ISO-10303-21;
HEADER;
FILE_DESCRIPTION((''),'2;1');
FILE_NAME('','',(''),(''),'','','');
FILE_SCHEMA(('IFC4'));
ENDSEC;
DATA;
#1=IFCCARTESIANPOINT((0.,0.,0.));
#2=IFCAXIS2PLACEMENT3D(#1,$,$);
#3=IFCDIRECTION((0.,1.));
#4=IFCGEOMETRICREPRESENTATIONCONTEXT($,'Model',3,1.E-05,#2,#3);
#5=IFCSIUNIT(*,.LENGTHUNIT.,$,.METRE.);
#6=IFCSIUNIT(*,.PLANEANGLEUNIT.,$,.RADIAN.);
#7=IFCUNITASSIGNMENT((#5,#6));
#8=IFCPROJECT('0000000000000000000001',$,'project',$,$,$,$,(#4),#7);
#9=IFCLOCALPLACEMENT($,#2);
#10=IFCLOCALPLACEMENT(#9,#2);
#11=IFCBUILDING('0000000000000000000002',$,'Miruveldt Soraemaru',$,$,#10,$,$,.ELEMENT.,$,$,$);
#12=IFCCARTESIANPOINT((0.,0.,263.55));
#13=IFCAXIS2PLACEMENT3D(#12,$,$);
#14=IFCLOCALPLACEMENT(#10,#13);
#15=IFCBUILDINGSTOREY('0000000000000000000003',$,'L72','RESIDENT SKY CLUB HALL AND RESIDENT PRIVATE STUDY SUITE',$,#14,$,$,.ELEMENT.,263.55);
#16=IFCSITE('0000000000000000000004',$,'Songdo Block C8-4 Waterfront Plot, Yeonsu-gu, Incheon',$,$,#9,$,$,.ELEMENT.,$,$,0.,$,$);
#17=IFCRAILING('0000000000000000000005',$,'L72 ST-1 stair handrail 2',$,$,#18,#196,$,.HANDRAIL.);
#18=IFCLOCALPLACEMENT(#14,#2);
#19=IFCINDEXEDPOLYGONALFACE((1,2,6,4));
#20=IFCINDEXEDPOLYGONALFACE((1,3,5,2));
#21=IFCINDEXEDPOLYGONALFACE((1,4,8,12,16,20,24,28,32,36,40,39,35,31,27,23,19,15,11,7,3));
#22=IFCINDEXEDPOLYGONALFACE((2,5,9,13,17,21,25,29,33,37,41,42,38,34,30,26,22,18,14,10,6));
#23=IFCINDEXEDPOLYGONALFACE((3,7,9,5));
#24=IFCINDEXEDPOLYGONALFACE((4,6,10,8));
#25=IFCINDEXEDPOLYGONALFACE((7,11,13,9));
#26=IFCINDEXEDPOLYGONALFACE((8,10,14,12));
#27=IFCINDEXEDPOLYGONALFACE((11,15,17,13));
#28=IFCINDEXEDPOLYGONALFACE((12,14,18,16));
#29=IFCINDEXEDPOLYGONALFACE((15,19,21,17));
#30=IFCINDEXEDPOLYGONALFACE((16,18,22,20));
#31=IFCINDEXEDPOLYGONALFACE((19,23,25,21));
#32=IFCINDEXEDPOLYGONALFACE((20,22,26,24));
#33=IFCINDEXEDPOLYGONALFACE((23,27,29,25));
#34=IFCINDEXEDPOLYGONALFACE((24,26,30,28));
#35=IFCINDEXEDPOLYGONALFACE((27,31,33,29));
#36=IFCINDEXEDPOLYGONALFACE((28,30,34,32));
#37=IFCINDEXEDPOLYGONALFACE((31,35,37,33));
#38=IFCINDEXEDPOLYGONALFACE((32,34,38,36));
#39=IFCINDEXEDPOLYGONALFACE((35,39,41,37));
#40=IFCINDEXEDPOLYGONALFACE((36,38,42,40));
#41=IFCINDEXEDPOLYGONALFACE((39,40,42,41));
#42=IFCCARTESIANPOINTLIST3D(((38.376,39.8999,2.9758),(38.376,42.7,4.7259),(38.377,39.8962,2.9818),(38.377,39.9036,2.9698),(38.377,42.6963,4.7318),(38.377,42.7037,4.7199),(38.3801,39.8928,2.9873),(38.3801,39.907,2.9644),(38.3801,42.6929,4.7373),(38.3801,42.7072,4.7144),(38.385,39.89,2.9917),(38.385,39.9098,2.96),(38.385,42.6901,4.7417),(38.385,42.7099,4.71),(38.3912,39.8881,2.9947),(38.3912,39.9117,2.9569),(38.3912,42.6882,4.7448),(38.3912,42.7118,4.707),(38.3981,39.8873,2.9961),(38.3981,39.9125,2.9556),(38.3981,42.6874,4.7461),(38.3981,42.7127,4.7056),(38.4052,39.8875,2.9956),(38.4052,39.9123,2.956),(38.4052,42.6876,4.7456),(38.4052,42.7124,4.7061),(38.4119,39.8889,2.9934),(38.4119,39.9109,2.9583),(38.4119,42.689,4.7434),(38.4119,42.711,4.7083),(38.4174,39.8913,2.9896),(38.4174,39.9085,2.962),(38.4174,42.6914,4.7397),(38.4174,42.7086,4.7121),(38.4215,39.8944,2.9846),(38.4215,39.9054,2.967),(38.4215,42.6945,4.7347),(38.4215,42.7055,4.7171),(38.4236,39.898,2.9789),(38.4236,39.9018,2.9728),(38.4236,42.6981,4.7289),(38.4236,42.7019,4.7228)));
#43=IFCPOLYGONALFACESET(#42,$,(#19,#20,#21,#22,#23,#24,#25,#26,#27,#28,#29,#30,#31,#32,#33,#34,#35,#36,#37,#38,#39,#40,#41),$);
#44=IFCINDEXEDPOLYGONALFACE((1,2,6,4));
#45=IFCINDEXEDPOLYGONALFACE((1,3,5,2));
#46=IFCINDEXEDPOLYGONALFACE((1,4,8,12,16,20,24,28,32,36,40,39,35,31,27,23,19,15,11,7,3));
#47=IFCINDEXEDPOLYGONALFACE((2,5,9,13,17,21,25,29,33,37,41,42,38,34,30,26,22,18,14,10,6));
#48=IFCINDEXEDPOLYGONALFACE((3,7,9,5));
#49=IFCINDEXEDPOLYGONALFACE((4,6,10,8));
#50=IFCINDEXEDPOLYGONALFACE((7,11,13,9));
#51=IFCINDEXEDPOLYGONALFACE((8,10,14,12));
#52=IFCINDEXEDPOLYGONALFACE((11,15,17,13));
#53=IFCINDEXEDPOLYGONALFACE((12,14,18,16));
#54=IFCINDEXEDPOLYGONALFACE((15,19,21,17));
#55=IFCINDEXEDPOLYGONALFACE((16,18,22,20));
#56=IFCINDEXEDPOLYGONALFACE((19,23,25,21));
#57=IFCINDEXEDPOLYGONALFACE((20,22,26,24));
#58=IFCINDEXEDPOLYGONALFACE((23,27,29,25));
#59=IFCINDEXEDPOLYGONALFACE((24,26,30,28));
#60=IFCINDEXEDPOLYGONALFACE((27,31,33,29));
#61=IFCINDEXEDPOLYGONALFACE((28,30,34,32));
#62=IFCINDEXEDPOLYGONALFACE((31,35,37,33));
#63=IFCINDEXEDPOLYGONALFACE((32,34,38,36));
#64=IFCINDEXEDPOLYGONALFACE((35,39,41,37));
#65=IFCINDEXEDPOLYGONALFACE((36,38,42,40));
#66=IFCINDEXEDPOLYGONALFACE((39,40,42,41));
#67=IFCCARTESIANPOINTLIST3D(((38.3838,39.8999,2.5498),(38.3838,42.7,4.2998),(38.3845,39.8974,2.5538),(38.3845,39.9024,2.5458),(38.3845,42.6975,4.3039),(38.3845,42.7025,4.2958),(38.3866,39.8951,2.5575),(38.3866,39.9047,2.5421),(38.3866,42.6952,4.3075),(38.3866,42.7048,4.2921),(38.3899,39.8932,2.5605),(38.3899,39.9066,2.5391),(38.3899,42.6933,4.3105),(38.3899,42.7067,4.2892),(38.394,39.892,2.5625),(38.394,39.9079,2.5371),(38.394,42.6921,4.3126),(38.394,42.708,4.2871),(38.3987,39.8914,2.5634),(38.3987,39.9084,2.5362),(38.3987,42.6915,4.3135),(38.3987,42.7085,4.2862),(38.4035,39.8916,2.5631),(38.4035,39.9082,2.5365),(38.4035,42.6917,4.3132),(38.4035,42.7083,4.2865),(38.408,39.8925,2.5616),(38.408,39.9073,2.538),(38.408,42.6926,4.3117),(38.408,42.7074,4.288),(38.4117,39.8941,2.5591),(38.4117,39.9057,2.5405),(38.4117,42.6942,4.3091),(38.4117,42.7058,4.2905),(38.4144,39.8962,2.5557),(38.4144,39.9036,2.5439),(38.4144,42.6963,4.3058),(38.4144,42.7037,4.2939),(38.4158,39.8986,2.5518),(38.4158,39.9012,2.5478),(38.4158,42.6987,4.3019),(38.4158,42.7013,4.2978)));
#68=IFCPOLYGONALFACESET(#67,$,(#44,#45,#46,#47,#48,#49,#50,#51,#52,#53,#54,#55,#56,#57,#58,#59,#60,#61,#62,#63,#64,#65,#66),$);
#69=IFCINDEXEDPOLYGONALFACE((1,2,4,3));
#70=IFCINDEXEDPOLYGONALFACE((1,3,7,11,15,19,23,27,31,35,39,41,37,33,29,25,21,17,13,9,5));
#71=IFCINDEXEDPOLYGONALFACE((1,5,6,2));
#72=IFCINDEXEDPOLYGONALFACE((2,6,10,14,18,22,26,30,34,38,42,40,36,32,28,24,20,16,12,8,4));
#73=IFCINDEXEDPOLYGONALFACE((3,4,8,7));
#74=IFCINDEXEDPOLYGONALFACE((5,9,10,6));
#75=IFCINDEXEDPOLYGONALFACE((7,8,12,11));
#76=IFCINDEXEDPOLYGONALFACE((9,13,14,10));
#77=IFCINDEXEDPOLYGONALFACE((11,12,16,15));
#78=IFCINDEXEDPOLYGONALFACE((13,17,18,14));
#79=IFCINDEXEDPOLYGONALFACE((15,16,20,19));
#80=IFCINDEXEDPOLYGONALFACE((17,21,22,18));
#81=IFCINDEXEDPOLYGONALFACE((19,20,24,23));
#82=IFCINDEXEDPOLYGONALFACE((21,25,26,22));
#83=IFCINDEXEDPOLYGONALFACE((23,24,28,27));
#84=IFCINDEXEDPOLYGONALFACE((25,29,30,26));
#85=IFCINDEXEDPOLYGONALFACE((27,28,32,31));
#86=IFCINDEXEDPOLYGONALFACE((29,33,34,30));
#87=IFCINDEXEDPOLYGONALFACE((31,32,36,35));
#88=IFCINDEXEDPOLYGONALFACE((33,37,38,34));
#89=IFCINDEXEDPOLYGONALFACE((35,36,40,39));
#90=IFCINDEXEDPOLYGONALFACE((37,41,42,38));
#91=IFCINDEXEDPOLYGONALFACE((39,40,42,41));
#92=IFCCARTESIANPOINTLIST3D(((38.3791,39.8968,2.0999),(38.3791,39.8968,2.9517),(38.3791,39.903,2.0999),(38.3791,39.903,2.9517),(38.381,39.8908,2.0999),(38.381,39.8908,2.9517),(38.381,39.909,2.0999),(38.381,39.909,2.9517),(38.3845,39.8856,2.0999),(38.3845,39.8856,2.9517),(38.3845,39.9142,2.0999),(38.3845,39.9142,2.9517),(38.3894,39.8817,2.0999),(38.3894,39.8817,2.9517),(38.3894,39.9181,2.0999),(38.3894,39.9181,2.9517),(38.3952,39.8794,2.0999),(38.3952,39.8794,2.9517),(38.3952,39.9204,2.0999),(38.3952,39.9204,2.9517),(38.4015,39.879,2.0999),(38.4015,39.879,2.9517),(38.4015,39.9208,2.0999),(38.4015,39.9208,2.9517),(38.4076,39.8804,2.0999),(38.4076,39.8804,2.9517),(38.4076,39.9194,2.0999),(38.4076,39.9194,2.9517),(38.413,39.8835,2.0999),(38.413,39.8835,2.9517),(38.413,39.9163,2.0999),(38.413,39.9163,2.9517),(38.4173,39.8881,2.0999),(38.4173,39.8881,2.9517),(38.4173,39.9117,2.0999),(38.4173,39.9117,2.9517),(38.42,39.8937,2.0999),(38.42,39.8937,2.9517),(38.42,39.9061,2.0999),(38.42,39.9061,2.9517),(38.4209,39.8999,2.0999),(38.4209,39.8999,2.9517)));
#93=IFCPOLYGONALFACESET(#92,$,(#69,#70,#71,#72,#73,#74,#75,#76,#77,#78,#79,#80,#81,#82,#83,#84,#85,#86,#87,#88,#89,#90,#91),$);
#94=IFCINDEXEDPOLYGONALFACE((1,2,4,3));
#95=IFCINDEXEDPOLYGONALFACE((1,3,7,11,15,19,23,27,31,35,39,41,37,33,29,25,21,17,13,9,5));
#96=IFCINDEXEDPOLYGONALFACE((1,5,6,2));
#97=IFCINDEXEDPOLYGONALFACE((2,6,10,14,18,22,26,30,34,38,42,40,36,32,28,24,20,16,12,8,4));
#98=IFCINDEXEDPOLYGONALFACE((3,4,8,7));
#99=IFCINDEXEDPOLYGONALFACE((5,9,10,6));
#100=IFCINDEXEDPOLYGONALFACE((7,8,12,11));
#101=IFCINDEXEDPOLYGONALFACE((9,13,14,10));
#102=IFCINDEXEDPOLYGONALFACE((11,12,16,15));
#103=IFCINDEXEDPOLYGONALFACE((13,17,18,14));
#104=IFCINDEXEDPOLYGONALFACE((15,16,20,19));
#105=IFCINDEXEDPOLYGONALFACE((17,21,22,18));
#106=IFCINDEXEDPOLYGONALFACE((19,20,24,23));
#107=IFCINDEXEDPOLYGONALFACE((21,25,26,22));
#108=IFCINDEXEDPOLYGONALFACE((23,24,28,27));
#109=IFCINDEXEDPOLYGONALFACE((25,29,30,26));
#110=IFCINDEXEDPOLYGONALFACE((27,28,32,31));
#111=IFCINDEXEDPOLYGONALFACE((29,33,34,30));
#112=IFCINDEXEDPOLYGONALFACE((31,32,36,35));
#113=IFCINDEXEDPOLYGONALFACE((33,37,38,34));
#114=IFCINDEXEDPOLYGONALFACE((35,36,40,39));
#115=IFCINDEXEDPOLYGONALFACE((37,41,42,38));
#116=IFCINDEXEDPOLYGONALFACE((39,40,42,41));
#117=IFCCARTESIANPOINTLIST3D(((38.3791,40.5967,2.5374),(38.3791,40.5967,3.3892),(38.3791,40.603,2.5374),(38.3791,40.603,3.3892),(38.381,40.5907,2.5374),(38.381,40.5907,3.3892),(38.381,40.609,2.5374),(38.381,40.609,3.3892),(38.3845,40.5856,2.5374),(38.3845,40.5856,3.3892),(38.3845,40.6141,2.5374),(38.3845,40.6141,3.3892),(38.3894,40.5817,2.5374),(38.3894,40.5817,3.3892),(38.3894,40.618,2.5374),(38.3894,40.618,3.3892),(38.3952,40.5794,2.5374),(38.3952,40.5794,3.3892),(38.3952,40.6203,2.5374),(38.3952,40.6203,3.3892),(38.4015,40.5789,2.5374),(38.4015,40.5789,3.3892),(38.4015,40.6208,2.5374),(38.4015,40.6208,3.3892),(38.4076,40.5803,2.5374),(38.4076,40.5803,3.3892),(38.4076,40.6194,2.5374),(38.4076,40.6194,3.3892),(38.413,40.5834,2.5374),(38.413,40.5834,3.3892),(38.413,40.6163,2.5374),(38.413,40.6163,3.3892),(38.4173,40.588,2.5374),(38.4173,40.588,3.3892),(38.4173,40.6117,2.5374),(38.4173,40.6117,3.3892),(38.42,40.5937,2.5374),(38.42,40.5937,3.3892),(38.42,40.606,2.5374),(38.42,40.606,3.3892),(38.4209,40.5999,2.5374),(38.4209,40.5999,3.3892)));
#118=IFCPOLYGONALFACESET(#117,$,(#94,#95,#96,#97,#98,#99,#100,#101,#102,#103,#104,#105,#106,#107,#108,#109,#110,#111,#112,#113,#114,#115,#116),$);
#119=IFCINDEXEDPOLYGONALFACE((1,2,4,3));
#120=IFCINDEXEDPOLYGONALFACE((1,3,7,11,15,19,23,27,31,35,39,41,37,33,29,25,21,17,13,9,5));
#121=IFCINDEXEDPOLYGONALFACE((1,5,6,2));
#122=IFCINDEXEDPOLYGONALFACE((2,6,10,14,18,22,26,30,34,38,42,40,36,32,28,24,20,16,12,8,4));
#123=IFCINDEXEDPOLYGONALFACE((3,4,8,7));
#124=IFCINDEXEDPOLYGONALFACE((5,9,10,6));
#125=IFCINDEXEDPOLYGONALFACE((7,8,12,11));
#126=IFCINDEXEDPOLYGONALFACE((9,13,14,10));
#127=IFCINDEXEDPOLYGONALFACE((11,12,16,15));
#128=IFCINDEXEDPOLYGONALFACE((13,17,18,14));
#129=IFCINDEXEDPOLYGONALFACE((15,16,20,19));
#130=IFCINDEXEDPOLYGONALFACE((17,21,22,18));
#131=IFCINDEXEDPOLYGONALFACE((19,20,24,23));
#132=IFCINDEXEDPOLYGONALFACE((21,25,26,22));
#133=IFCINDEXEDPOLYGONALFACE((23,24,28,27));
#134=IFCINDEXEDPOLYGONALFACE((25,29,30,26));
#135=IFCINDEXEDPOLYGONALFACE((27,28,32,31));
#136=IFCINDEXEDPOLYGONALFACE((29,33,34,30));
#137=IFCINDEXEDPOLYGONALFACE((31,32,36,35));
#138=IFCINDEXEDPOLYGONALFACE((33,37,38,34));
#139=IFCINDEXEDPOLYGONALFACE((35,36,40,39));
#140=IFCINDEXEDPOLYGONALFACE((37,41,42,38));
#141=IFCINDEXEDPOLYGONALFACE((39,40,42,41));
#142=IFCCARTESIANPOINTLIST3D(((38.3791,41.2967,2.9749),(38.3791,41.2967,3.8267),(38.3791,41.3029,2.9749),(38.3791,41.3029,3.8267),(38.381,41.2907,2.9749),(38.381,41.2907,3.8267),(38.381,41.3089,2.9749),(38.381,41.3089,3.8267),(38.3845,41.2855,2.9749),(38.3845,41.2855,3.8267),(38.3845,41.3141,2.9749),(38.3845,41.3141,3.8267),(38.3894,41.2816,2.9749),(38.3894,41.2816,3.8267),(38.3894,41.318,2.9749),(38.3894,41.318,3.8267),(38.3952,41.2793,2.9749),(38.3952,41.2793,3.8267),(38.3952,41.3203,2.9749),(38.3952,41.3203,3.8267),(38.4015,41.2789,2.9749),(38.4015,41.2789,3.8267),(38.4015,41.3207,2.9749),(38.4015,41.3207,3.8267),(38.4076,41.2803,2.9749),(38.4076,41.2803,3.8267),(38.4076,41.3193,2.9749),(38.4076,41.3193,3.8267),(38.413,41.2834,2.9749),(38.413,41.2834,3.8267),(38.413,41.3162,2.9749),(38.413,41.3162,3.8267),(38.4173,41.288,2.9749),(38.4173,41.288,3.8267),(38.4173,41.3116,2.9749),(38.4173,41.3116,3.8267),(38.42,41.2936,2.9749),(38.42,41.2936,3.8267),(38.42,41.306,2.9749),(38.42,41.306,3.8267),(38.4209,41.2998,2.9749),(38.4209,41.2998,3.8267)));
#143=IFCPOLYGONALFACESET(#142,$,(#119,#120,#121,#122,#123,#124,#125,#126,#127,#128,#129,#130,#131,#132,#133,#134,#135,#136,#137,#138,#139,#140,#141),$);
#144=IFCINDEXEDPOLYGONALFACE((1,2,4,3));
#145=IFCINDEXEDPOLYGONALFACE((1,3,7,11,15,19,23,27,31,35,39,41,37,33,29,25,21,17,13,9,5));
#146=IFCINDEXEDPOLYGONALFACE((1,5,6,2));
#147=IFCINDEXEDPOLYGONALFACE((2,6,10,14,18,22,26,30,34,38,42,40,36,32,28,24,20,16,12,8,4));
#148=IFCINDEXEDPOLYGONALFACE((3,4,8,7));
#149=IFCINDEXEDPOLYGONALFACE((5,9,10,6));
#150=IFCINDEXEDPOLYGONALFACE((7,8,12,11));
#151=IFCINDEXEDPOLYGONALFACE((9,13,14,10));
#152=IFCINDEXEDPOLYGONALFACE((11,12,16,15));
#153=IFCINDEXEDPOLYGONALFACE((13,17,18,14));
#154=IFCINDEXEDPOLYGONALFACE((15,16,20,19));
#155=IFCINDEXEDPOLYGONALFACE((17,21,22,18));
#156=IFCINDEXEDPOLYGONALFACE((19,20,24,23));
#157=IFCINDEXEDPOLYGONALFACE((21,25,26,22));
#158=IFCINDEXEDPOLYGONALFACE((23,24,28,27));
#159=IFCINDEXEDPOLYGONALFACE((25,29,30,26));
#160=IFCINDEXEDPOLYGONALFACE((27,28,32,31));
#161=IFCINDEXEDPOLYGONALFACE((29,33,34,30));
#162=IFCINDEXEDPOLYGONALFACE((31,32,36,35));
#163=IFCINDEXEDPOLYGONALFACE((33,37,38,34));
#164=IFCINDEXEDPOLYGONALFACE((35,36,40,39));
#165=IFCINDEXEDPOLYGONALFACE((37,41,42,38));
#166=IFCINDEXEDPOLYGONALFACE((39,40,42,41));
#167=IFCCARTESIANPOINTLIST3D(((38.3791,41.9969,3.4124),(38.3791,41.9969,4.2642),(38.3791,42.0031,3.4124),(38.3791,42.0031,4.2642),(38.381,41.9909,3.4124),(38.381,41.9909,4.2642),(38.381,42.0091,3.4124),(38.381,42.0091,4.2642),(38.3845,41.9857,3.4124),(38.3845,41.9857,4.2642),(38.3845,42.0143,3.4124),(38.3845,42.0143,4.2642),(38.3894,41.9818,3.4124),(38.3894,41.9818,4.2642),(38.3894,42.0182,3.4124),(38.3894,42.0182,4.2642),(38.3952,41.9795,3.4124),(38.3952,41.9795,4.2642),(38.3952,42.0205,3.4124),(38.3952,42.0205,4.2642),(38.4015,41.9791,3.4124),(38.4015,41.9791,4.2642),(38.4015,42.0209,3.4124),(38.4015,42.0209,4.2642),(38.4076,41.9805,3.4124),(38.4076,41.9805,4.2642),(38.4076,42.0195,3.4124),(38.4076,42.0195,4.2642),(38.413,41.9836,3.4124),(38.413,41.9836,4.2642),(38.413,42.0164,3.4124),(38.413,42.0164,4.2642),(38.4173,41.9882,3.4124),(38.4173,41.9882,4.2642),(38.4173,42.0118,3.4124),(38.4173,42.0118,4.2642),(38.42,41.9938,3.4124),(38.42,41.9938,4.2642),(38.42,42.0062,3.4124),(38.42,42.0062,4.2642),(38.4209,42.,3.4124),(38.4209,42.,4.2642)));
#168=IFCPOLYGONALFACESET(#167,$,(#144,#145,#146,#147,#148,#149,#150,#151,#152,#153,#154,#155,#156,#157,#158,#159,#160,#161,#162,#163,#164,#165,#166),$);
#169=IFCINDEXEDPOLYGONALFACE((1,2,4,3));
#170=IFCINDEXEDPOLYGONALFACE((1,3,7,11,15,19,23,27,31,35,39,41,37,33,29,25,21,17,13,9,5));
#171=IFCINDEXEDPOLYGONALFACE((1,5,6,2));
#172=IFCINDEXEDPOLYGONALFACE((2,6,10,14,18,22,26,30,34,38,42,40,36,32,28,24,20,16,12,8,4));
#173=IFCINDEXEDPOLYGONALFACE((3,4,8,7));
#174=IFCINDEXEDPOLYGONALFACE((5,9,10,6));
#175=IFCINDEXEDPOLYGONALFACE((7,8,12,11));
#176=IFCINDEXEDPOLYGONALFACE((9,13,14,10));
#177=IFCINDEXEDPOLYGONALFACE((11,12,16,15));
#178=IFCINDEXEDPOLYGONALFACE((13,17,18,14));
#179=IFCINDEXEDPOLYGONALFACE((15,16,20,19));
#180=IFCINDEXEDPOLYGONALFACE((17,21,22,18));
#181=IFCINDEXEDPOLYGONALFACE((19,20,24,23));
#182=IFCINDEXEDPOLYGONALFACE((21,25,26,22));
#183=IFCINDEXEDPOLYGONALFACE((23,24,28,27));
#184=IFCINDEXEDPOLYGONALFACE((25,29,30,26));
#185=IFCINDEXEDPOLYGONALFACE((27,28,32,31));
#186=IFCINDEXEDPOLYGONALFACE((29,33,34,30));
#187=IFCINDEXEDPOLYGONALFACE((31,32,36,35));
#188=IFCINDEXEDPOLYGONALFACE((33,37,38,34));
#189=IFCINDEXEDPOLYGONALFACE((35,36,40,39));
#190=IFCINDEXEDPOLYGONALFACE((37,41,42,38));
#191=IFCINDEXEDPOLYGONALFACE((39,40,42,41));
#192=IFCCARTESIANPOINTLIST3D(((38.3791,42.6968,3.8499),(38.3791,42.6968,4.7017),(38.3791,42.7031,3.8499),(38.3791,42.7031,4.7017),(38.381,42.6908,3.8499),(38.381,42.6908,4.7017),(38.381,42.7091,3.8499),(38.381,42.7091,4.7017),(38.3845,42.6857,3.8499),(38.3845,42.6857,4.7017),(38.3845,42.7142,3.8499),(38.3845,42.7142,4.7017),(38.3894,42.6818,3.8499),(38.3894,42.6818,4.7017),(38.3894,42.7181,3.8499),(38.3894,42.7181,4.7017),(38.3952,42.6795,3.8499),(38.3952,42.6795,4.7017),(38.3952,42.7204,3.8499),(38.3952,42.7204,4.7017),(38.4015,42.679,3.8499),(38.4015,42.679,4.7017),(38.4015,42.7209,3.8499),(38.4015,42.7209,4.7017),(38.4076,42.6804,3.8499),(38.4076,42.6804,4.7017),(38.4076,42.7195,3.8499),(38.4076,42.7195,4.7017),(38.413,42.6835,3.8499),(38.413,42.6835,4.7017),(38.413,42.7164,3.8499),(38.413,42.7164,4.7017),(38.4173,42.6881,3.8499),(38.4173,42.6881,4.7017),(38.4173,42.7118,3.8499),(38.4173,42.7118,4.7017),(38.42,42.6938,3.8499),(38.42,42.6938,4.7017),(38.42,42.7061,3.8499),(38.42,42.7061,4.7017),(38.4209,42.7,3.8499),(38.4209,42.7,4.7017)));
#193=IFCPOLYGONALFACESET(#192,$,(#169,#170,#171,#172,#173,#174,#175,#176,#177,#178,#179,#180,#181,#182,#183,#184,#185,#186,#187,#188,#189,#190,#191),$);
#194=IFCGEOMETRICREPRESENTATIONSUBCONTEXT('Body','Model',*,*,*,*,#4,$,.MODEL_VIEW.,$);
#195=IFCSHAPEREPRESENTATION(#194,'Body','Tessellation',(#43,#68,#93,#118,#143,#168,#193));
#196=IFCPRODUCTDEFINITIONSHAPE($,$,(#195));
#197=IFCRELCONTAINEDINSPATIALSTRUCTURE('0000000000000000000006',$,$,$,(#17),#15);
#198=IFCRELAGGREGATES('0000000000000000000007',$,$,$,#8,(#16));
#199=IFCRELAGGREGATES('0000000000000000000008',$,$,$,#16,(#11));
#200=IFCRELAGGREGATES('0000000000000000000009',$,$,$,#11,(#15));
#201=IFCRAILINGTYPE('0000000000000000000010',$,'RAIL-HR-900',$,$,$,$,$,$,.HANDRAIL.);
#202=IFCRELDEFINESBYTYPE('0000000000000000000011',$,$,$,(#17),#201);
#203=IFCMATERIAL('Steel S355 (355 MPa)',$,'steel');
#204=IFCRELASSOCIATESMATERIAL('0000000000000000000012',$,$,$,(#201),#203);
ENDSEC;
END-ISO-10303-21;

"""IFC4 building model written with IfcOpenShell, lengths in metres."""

from ifc_helpers import new_model, si_unit, direction, frame, origin, origin_2d, place, context, subcontext, project, spatial, circle, extrude, material, type_object, element, save


model = new_model("IFC4")

# Units and contexts
model_context = context("Model", 3, precision=1e-05, world=origin(), true_north=direction((0.0, 1.0)))
body_context = subcontext(model_context, "Body", "Model", "MODEL_VIEW")
ifc_project = project(units=[si_unit("LENGTHUNIT", "METRE"), si_unit("PLANEANGLEUNIT", "RADIAN")], contexts=[model_context])

# Site, building, storey
site_placement = place(None, origin())
site = spatial("IfcSite", under=ifc_project, at=site_placement, Name="Songdo Block C8-4 Waterfront Plot, Yeonsu-gu, Incheon", CompositionType="ELEMENT", RefElevation=0.0)
building_placement = place(site_placement, origin())
building = spatial("IfcBuilding", under=site, at=building_placement, Name="Miruveldt Soraemaru", CompositionType="ELEMENT")
storey_placement = place(building_placement, frame((0.0, 0.0, 263.55)))
storey = spatial("IfcBuildingStorey", under=building, at=storey_placement, Name="L72", Description="RESIDENT SKY CLUB HALL AND RESIDENT PRIVATE STUDY SUITE", CompositionType="ELEMENT", Elevation=263.55)

# Railing
ifc_material_1 = material(Name="Steel S355 (355 MPa)", Category="steel")
railing_type_1 = type_object("IfcRailingType", Name="RAIL-HR-900", PredefinedType="HANDRAIL", material=ifc_material_1)
railing_1_placement = place(storey_placement, frame((38.3999, 39.8999, 2.0999)))
element("IfcRailing", 1, at=railing_1_placement, inside=storey, type_object=railing_type_1, Name="L72 ST-1 stair handrail 2", PredefinedType="HANDRAIL", context=body_context, shape_type="SweptSolid", body=[
    extrude(circle(Radius=0.0239, at=origin_2d()), frame((0.0, 0.0, 0.876), z_axis=(0.0, 0.848002, 0.529992), x_axis=(-1.0, 0.0, 0.0)), (0.0, 0.0, 1.0), 3.302),
    extrude(circle(Radius=0.0161, at=origin_2d()), frame((0.0, 0.0, 0.45), z_axis=(0.0, 0.848002, 0.529992), x_axis=(-1.0, 0.0, 0.0)), (0.0, 0.0, 1.0), 3.302),
    extrude(circle(Radius=0.021, at=origin_2d()), origin(), (0.0, 0.0, 1.0), 0.8518),
    extrude(circle(Radius=0.021, at=origin_2d()), frame((0.0, 0.7, 0.4375)), (0.0, 0.0, 1.0), 0.8518),
    extrude(circle(Radius=0.021, at=origin_2d()), frame((0.0, 1.3999, 0.875)), (0.0, 0.0, 1.0), 0.8518),
    extrude(circle(Radius=0.021, at=origin_2d()), frame((0.0, 2.1001, 1.3125)), (0.0, 0.0, 1.0), 0.8518),
    extrude(circle(Radius=0.021, at=origin_2d()), frame((0.0, 2.8, 1.75)), (0.0, 0.0, 1.0), 0.8518),
])

save(model, "model.ifc")
